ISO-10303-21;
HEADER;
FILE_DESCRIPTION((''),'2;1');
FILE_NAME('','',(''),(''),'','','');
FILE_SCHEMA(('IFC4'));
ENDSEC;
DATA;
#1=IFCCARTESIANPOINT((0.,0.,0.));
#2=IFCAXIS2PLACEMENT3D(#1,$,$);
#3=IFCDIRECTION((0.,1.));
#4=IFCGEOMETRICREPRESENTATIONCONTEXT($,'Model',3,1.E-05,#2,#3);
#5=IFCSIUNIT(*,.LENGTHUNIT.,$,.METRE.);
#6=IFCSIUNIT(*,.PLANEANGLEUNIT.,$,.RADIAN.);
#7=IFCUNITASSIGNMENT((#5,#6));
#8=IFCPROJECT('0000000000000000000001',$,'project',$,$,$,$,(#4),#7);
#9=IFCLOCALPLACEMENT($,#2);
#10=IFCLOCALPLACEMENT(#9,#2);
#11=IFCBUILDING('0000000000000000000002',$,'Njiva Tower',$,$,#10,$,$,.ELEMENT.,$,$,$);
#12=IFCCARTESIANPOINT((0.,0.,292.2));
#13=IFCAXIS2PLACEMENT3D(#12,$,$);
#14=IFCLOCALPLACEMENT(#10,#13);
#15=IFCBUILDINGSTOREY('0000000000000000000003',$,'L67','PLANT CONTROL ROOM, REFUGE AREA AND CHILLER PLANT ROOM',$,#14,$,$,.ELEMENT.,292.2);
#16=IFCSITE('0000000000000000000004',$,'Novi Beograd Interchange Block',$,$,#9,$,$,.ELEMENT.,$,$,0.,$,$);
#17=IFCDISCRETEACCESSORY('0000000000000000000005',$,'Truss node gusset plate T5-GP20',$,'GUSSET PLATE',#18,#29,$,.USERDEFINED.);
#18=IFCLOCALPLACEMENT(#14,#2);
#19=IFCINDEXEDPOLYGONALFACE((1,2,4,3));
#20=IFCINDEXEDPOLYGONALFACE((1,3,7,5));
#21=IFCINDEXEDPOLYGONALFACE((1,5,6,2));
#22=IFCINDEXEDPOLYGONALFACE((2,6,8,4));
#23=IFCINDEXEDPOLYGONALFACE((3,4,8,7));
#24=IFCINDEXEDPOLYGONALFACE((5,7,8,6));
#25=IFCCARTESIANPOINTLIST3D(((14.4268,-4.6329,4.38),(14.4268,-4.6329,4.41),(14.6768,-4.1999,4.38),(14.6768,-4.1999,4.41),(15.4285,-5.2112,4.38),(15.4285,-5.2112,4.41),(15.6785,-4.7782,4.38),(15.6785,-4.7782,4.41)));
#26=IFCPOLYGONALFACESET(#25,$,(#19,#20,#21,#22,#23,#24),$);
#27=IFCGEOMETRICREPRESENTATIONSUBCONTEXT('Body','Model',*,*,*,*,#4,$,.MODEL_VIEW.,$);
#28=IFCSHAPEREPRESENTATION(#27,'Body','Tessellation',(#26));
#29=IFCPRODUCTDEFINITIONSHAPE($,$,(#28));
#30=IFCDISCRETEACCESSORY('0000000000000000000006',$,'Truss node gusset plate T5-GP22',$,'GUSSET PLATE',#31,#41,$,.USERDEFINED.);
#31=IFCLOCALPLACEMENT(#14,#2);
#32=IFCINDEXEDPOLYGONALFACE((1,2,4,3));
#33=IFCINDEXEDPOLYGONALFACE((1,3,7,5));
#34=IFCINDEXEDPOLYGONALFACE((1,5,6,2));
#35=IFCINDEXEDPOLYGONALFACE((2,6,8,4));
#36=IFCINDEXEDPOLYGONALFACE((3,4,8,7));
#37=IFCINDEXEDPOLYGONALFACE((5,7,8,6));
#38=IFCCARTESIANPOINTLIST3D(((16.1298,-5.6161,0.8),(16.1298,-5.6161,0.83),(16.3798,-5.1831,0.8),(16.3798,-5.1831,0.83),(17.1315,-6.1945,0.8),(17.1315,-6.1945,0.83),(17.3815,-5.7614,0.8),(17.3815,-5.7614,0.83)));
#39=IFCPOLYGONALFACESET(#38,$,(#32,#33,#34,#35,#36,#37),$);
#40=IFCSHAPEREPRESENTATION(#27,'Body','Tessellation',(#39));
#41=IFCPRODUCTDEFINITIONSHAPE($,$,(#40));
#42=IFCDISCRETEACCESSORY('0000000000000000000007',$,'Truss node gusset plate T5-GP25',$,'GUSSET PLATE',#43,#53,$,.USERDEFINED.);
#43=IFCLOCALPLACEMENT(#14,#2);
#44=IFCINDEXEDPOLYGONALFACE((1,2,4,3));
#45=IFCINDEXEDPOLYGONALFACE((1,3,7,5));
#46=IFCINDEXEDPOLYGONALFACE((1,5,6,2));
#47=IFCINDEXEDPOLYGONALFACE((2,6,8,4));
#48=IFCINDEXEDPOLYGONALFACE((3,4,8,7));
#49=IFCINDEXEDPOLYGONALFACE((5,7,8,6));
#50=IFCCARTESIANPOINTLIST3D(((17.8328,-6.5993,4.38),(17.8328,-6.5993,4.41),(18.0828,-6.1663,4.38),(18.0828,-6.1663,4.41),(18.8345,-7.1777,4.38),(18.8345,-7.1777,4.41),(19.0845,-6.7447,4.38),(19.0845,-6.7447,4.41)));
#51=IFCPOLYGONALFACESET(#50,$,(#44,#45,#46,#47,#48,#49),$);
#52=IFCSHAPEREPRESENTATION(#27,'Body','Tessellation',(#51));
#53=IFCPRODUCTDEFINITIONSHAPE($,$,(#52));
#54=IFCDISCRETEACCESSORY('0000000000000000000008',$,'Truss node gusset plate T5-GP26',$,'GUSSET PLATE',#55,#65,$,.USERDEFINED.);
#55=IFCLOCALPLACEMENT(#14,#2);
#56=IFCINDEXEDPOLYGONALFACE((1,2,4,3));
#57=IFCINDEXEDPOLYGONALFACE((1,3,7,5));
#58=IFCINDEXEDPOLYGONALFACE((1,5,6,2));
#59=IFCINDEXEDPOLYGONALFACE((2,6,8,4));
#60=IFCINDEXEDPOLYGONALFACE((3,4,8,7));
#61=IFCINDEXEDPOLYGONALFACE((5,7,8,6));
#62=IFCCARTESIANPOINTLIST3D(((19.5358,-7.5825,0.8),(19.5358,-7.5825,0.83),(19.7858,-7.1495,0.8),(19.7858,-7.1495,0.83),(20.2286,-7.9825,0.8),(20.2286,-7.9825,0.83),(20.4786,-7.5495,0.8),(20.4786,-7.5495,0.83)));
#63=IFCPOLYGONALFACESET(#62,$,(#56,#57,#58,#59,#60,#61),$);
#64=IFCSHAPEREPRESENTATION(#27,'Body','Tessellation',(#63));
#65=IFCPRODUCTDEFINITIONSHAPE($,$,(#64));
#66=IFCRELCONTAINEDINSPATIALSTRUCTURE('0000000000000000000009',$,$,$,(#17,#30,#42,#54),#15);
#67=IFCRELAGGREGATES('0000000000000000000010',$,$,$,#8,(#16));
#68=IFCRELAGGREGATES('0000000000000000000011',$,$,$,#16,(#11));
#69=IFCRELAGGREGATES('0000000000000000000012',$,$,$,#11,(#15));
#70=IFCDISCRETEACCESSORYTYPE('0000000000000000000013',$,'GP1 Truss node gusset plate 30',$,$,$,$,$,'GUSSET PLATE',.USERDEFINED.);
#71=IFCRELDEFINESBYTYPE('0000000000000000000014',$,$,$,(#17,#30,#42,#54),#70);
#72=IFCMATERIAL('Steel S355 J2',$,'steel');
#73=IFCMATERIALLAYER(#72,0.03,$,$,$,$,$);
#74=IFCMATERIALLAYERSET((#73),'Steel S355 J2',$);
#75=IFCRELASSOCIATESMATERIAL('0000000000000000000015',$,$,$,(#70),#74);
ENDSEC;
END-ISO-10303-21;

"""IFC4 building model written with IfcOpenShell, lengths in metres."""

from ifc_helpers import new_model, si_unit, direction, frame, origin, place, context, subcontext, project, spatial, polyline, outline, extrude, material, layer, layer_set, type_object, element, save


model = new_model("IFC4")

# Units and contexts
model_context = context("Model", 3, precision=1e-05, world=origin(), true_north=direction((0.0, 1.0)))
body_context = subcontext(model_context, "Body", "Model", "MODEL_VIEW")
ifc_project = project(units=[si_unit("LENGTHUNIT", "METRE"), si_unit("PLANEANGLEUNIT", "RADIAN")], contexts=[model_context])

# Site, building, storey
site_placement = place(None, origin())
site = spatial("IfcSite", under=ifc_project, at=site_placement, Name="Novi Beograd Interchange Block", CompositionType="ELEMENT", RefElevation=0.0)
building_placement = place(site_placement, origin())
building = spatial("IfcBuilding", under=site, at=building_placement, Name="Njiva Tower", CompositionType="ELEMENT")
storey_placement = place(building_placement, frame((0.0, 0.0, 292.2)))
storey = spatial("IfcBuildingStorey", under=building, at=storey_placement, Name="L67", Description="PLANT CONTROL ROOM, REFUGE AREA AND CHILLER PLANT ROOM", CompositionType="ELEMENT", Elevation=292.2)

# Shared definitions
ifc_material_1 = material(Name="Steel S355 J2", Category="steel")

# Discrete accessories
ifc_layer_1 = layer(ifc_material_1, 0.03)
ifc_layer_set_1 = layer_set([ifc_layer_1], Name="Steel S355 J2")
discrete_accessory_type = type_object("IfcDiscreteAccessoryType", Name="GP1 Truss node gusset plate 30", ElementType="GUSSET PLATE", PredefinedType="USERDEFINED", material=ifc_layer_set_1)
discrete_accessory_1_placement = place(storey_placement, frame((15.0526, -4.7056, 4.38)))
element("IfcDiscreteAccessory", 1, at=discrete_accessory_1_placement, inside=storey, type_object=discrete_accessory_type, Name="Truss node gusset plate T5-GP20", ObjectType="GUSSET PLATE", PredefinedType="USERDEFINED", context=body_context, shape_type="SweptSolid", body=[
    extrude(outline(polyline([(0.6259, -0.0726), (-0.3758, 0.5057), (-0.6258, 0.0727), (0.3759, -0.5056), (0.6259, -0.0726)])), origin(), (0.0, 0.0, 1.0), 0.03),
])
discrete_accessory_2_placement = place(storey_placement, frame((16.7556, -5.6888, 0.8)))
element("IfcDiscreteAccessory", 2, at=discrete_accessory_2_placement, inside=storey, type_object=discrete_accessory_type, Name="Truss node gusset plate T5-GP22", ObjectType="GUSSET PLATE", PredefinedType="USERDEFINED", context=body_context, shape_type="SweptSolid", body=[
    extrude(outline(polyline([(0.6259, -0.0726), (-0.3758, 0.5057), (-0.6258, 0.0727), (0.3759, -0.5057), (0.6259, -0.0726)])), origin(), (0.0, 0.0, 1.0), 0.03),
])
discrete_accessory_3_placement = place(storey_placement, frame((18.4586, -6.672, 4.38)))
element("IfcDiscreteAccessory", 3, at=discrete_accessory_3_placement, inside=storey, type_object=discrete_accessory_type, Name="Truss node gusset plate T5-GP25", ObjectType="GUSSET PLATE", PredefinedType="USERDEFINED", context=body_context, shape_type="SweptSolid", body=[
    extrude(outline(polyline([(0.6259, -0.0727), (-0.3758, 0.5057), (-0.6258, 0.0727), (0.3759, -0.5057), (0.6259, -0.0727)])), origin(), (0.0, 0.0, 1.0), 0.03),
])
discrete_accessory_4_placement = place(storey_placement, frame((20.0072, -7.566, 0.8)))
element("IfcDiscreteAccessory", 4, at=discrete_accessory_4_placement, inside=storey, type_object=discrete_accessory_type, Name="Truss node gusset plate T5-GP26", ObjectType="GUSSET PLATE", PredefinedType="USERDEFINED", context=body_context, shape_type="SweptSolid", body=[
    extrude(outline(polyline([(0.4714, 0.0165), (-0.2214, 0.4165), (-0.4714, -0.0165), (0.2214, -0.4165), (0.4714, 0.0165)])), origin(), (0.0, 0.0, 1.0), 0.03),
])

save(model, "model.ifc")
